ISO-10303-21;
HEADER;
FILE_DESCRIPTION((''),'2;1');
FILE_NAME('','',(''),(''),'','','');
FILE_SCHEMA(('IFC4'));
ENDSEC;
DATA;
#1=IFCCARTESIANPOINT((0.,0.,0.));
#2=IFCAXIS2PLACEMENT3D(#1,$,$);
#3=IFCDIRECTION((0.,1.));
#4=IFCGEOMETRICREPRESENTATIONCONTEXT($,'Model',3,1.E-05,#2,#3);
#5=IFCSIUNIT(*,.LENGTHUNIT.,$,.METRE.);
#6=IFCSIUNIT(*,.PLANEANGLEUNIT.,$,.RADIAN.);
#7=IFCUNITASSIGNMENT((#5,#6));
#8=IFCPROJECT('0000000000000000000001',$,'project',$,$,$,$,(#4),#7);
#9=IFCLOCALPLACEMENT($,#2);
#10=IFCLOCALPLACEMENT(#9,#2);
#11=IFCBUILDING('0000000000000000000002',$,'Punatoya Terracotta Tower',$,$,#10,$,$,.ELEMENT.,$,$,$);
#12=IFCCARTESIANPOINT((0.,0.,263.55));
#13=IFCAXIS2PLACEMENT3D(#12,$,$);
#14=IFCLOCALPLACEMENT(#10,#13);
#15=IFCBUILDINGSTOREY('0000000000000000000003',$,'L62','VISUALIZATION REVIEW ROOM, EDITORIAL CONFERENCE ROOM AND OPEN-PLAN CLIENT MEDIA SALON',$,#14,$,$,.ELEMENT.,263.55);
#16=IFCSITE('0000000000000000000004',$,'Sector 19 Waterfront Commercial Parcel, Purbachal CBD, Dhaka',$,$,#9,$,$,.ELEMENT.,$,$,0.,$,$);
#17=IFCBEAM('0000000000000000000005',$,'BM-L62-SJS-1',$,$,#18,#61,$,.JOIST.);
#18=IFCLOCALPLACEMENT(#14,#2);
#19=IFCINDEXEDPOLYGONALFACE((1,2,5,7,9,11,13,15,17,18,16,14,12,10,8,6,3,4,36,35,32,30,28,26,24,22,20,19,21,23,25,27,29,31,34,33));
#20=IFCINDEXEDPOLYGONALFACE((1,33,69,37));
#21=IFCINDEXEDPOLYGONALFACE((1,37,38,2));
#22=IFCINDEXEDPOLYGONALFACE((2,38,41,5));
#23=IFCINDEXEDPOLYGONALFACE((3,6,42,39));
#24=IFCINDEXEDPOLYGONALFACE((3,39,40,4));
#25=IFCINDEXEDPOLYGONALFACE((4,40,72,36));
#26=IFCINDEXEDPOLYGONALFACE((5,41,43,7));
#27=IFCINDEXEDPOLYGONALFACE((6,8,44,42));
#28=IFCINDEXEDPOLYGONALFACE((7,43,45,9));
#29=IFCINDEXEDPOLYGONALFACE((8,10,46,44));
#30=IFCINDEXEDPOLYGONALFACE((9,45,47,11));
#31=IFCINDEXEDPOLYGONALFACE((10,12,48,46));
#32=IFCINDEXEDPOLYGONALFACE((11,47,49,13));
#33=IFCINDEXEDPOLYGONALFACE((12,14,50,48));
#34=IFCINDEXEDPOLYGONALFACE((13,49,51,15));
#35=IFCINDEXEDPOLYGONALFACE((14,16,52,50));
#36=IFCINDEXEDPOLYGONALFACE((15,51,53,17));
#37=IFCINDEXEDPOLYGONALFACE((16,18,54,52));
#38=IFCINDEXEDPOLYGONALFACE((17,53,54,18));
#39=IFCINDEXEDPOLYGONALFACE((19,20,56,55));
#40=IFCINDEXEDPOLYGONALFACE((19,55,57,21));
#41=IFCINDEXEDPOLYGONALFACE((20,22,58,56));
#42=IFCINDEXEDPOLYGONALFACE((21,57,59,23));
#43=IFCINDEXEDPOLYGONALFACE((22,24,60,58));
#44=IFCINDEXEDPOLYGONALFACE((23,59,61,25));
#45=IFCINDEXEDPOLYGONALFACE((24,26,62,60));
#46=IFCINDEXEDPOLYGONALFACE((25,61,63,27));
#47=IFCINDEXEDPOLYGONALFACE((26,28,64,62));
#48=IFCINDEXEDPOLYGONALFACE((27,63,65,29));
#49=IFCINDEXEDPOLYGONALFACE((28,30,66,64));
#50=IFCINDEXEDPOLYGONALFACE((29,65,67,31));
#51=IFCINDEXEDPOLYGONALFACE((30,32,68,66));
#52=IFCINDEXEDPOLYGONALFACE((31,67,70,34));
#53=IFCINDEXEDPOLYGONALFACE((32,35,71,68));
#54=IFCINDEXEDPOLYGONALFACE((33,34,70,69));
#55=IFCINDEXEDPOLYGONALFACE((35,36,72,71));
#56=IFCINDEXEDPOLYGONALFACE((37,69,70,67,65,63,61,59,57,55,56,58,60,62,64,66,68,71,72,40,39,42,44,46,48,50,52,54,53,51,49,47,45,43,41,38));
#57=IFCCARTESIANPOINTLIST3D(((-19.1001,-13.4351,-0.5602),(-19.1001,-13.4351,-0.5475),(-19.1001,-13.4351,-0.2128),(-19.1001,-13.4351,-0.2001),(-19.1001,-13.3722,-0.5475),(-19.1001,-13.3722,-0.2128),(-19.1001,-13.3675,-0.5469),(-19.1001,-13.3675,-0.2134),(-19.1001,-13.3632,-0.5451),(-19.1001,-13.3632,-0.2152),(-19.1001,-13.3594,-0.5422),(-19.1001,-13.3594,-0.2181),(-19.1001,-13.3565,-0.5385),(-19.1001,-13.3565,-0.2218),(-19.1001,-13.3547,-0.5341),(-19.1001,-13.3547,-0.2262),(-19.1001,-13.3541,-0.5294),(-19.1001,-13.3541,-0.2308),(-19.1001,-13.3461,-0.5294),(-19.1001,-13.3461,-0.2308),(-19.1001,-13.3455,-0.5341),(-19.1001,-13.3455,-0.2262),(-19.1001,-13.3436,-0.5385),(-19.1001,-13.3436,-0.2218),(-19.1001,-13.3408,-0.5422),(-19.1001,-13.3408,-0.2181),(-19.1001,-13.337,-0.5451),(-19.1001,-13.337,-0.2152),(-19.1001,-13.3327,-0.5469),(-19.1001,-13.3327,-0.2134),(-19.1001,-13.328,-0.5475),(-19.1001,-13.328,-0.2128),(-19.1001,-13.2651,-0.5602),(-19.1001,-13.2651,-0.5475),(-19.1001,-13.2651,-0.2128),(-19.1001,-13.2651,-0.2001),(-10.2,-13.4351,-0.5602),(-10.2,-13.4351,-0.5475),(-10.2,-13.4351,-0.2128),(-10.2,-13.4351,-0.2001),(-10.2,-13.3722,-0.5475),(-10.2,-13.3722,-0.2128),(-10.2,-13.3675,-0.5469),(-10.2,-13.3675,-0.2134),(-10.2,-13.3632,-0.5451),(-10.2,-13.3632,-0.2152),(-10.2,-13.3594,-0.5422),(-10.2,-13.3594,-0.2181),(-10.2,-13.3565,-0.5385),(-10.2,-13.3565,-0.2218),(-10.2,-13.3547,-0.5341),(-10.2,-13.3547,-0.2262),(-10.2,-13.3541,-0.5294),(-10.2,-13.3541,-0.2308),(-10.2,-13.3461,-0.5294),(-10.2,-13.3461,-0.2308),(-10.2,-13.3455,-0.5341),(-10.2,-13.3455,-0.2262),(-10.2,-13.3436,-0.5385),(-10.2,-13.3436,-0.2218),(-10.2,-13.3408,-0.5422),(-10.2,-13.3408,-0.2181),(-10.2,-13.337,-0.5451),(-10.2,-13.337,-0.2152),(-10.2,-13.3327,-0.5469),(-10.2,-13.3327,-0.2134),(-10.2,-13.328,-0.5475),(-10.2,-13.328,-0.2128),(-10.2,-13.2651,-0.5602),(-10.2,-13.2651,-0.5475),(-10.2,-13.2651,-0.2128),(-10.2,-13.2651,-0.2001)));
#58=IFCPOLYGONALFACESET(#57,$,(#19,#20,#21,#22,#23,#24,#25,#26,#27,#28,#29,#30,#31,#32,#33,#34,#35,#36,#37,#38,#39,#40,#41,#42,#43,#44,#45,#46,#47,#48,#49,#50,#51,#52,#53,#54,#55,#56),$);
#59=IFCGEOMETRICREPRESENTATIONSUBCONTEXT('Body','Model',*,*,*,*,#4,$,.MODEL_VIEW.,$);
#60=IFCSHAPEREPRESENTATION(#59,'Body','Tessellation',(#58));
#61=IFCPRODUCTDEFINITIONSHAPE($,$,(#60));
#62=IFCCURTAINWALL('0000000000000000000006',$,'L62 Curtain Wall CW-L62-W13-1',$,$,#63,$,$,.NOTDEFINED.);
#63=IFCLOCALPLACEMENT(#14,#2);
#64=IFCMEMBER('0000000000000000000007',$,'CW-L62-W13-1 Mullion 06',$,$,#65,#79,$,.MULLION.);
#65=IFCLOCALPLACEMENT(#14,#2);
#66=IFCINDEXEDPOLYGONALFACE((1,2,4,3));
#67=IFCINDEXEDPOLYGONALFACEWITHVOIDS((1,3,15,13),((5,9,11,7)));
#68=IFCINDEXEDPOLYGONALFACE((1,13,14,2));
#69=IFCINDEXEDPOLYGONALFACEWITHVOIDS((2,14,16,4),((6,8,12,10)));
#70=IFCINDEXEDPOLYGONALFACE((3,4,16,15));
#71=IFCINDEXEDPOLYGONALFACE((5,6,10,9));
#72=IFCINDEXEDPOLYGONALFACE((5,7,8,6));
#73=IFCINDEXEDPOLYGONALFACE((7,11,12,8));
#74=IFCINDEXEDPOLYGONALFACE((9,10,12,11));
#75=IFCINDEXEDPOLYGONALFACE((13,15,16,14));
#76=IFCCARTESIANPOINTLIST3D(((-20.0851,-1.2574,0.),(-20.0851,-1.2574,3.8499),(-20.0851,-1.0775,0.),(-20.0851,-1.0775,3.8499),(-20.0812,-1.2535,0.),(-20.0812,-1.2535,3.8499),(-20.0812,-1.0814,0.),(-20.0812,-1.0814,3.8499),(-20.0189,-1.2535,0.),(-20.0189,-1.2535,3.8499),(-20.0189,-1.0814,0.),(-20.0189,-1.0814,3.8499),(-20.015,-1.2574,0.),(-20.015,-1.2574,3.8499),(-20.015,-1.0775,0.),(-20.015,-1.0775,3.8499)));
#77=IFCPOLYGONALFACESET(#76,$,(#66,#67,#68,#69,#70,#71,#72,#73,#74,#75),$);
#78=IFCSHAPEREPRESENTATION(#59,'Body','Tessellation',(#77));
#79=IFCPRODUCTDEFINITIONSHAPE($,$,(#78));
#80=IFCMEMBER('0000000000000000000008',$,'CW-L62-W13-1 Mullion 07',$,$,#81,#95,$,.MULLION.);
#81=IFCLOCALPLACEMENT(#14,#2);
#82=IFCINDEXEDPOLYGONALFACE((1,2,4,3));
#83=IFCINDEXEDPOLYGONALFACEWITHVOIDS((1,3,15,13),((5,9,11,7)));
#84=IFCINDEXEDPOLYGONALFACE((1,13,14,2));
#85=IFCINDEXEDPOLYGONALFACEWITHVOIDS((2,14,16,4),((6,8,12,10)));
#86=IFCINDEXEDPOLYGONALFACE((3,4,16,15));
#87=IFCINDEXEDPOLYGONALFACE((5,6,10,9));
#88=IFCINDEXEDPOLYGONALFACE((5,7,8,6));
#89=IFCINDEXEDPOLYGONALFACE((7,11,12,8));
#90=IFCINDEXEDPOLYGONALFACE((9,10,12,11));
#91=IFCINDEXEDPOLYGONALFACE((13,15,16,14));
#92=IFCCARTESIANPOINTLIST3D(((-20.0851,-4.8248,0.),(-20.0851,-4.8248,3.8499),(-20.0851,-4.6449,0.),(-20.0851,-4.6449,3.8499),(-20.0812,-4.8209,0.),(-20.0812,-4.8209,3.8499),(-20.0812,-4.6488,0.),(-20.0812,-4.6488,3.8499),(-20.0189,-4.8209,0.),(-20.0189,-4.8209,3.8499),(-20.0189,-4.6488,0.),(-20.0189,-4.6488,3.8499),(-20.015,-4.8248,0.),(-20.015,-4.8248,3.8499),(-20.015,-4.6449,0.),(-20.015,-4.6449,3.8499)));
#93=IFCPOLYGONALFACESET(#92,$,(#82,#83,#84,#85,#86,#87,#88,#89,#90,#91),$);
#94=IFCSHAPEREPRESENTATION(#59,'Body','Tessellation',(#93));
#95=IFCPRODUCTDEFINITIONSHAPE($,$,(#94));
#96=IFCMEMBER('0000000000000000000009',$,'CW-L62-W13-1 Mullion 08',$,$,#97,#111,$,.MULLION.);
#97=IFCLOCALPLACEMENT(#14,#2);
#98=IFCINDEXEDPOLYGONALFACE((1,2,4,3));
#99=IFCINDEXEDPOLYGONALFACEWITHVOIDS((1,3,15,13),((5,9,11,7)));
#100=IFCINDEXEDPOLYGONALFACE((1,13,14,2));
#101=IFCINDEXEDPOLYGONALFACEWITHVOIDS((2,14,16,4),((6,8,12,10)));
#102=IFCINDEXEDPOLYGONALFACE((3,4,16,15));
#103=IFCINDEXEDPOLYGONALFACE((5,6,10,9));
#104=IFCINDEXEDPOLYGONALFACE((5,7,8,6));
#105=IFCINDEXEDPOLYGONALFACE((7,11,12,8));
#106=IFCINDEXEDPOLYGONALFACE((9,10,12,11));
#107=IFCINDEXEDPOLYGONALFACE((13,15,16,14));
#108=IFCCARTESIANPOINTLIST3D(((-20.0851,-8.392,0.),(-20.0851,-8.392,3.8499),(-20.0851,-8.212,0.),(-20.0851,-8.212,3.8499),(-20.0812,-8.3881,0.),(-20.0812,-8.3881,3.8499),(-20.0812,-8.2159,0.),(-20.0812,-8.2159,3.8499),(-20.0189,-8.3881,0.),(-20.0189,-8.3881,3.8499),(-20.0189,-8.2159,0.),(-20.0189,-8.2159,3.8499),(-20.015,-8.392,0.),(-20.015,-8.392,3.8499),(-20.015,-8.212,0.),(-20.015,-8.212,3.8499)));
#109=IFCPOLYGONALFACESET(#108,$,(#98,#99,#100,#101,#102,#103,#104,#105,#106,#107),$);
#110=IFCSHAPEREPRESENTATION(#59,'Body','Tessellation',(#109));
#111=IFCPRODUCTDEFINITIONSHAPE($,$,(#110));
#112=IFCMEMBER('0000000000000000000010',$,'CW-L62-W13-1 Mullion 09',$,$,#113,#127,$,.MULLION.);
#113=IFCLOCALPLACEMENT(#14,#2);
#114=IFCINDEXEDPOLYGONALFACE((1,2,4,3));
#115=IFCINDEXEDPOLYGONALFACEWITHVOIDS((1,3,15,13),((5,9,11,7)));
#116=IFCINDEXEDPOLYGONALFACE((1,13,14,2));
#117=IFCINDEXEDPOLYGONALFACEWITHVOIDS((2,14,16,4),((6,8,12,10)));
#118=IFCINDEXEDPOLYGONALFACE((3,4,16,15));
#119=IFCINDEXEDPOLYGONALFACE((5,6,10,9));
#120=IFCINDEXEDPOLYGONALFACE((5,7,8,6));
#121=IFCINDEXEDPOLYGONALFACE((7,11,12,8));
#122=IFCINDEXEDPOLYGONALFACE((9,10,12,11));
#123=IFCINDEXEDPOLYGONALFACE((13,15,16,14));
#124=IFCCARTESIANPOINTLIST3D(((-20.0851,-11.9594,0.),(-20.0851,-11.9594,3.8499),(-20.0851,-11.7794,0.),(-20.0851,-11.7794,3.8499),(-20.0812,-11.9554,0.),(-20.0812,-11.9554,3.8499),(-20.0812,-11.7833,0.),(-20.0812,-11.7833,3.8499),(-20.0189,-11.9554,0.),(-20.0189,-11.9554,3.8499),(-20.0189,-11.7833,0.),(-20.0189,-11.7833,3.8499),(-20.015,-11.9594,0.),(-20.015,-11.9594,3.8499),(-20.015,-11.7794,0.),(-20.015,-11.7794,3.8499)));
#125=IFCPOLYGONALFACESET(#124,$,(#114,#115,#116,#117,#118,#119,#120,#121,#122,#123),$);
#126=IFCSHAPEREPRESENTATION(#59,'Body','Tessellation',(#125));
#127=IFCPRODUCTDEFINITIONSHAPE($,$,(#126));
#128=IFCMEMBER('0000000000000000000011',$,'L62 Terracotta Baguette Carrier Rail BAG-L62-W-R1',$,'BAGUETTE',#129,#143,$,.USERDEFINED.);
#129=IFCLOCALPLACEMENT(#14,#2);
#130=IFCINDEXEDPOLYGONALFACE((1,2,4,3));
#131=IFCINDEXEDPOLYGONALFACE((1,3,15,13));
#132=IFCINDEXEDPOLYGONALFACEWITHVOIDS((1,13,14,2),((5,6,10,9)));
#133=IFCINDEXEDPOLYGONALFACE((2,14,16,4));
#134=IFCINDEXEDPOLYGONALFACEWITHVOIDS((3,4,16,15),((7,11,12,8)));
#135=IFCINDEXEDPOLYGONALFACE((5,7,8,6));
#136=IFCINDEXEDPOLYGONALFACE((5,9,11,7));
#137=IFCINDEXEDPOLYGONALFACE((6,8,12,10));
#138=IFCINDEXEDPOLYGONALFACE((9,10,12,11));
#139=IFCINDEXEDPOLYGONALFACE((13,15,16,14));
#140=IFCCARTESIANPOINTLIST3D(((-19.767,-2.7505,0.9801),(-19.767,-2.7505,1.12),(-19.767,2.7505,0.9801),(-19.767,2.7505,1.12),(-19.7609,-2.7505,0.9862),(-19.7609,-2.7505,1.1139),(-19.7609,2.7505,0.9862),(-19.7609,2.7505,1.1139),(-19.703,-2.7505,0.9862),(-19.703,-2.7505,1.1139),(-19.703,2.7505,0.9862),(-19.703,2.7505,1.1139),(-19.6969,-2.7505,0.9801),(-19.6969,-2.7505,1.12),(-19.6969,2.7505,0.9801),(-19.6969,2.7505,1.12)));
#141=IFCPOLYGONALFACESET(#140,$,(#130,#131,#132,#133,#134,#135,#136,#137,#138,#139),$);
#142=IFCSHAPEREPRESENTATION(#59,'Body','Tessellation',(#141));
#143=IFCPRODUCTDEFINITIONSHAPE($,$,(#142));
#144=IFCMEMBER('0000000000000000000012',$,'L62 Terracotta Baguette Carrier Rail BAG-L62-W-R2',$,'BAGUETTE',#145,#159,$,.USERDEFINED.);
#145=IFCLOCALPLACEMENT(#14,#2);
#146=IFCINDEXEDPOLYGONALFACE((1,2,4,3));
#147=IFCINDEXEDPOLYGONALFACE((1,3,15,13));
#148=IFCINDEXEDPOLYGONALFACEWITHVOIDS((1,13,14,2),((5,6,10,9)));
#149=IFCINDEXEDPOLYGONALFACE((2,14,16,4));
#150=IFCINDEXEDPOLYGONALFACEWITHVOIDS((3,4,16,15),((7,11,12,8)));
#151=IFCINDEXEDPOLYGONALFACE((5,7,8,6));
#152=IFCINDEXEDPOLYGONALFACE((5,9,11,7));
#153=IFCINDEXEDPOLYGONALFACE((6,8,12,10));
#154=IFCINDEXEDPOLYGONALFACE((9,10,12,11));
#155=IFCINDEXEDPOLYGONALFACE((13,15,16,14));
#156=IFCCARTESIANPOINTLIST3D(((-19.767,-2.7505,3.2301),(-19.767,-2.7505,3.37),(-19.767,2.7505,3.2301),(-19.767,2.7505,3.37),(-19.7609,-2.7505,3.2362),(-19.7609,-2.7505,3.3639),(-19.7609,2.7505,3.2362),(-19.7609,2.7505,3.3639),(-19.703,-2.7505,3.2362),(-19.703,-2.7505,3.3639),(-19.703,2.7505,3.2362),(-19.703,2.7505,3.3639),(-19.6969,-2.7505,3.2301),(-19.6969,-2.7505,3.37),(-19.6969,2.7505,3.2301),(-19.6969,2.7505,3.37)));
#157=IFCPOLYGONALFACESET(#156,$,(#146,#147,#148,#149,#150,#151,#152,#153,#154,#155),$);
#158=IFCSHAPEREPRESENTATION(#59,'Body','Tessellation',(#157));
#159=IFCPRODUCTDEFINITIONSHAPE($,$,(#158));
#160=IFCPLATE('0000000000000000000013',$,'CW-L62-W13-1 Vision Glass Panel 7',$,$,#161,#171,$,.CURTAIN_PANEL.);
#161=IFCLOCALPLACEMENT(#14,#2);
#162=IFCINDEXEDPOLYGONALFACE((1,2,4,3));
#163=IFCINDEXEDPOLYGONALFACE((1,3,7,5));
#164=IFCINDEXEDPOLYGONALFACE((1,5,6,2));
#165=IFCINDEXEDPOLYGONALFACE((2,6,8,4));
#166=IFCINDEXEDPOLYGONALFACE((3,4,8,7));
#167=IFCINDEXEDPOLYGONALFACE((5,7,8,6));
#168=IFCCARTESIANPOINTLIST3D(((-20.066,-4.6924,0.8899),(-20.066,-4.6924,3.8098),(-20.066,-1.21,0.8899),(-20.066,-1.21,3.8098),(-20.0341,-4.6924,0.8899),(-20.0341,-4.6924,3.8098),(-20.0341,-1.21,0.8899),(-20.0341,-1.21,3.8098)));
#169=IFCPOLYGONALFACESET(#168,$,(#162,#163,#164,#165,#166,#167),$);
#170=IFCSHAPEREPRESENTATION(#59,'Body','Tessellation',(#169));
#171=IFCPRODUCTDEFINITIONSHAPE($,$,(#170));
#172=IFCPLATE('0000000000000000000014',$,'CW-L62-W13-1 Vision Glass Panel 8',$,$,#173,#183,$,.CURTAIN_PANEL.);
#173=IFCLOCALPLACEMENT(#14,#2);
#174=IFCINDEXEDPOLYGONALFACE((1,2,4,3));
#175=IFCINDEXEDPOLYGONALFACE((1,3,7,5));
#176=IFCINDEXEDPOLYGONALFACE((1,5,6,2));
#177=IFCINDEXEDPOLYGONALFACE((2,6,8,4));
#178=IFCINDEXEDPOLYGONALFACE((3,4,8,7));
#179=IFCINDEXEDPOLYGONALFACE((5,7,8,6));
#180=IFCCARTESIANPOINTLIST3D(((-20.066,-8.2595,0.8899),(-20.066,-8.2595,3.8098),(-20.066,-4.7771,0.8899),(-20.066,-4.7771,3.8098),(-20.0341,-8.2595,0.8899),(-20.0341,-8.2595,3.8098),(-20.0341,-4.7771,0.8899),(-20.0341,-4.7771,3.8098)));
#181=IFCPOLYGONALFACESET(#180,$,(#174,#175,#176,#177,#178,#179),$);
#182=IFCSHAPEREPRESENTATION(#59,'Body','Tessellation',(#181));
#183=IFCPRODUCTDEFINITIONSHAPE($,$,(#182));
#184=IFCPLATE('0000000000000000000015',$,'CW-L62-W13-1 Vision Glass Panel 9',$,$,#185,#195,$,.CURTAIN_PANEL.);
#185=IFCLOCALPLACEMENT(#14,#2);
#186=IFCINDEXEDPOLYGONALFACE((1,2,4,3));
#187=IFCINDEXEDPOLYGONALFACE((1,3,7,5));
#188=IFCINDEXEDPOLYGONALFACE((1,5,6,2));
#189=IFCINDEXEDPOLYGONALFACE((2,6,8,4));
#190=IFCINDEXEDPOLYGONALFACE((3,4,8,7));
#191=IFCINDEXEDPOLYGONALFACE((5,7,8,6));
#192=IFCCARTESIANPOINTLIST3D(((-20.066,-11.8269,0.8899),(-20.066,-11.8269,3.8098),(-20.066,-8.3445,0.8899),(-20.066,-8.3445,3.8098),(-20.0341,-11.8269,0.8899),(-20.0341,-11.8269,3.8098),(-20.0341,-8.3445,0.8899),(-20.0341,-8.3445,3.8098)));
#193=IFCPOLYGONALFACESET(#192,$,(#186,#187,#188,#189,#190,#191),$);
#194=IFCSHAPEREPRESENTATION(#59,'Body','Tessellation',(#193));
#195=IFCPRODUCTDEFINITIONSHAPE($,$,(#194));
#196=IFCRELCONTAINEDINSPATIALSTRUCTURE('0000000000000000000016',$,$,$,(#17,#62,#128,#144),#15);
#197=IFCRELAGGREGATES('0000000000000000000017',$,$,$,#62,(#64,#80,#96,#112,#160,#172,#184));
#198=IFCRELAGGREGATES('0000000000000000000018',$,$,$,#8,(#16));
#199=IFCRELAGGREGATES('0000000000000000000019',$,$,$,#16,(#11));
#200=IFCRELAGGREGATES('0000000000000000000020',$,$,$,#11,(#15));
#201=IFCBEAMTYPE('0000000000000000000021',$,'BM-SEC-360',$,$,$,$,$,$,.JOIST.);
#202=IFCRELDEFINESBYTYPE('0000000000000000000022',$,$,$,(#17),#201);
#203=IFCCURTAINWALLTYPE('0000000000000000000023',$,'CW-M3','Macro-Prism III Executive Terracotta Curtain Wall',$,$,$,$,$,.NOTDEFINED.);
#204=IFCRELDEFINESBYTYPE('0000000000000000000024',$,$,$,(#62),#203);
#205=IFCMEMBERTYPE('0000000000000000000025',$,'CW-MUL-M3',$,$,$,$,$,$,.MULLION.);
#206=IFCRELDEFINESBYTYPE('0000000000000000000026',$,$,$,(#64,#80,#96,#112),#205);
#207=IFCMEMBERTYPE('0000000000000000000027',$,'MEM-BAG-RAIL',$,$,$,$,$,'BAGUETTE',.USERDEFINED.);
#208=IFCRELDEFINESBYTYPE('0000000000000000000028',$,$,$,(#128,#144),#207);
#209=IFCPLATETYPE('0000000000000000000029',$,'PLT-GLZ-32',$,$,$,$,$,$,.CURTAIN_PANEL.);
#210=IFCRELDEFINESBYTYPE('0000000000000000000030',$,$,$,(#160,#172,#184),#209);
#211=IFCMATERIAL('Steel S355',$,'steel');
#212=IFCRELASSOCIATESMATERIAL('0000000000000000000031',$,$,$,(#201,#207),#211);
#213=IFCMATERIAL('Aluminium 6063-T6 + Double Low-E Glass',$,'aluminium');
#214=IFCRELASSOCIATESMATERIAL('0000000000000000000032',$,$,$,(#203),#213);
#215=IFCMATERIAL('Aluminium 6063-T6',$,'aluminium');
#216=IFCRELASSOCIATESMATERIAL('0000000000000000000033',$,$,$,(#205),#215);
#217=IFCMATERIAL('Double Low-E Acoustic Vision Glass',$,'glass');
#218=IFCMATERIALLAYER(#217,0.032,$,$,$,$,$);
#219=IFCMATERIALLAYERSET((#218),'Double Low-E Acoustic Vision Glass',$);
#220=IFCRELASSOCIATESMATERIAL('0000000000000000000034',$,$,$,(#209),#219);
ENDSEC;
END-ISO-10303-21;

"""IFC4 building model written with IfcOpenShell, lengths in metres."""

from ifc_helpers import new_model, si_unit, direction, frame, origin, origin_2d, place, context, subcontext, project, spatial, rectangle, hollow_rectangle, i_section, extrude, material, layer, layer_set, material_profile, profile_set, type_object, element, aggregate, save


model = new_model("IFC4")

# Units and contexts
model_context = context("Model", 3, precision=1e-05, world=origin(), true_north=direction((0.0, 1.0)))
body_context = subcontext(model_context, "Body", "Model", "MODEL_VIEW")
ifc_project = project(units=[si_unit("LENGTHUNIT", "METRE"), si_unit("PLANEANGLEUNIT", "RADIAN")], contexts=[model_context])

# Site, building, storey
site_placement = place(None, origin())
site = spatial("IfcSite", under=ifc_project, at=site_placement, Name="Sector 19 Waterfront Commercial Parcel, Purbachal CBD, Dhaka", CompositionType="ELEMENT", RefElevation=0.0)
building_placement = place(site_placement, origin())
building = spatial("IfcBuilding", under=site, at=building_placement, Name="Punatoya Terracotta Tower", CompositionType="ELEMENT")
storey_placement = place(building_placement, frame((0.0, 0.0, 263.55)))
storey = spatial("IfcBuildingStorey", under=building, at=storey_placement, Name="L62", Description="VISUALIZATION REVIEW ROOM, EDITORIAL CONFERENCE ROOM AND OPEN-PLAN CLIENT MEDIA SALON", CompositionType="ELEMENT", Elevation=263.55)

# Beam
ifc_material_1 = material(Name="Steel S355", Category="steel")
ifc_material_profile_1 = material_profile(ifc_material_1, i_section(OverallWidth=0.1699, OverallDepth=0.3601, WebThickness=0.0081, FlangeThickness=0.0127, FilletRadius=0.0181, at=origin_2d()))
ifc_profile_set_1 = profile_set([ifc_material_profile_1], Name="Steel S355")
beam_type_1 = type_object("IfcBeamType", Name="BM-SEC-360", PredefinedType="JOIST", material=ifc_profile_set_1)
beam_1_placement = place(storey_placement, frame((-19.1001, -13.3501, -0.3801), z_axis=(1.0, 0.0, 0.0), x_axis=(0.0, 1.0, 0.0)))
element("IfcBeam", 1, at=beam_1_placement, inside=storey, type_object=beam_type_1, Name="BM-L62-SJS-1", PredefinedType="JOIST", context=body_context, shape_type="SweptSolid", body=[
    extrude(i_section(OverallWidth=0.1699, OverallDepth=0.3601, WebThickness=0.0081, FlangeThickness=0.0127, FilletRadius=0.0181, at=origin_2d()), origin(), (0.0, 0.0, 1.0), 8.9001),
])

# Curtain wall, members
ifc_material_2 = material(Name="Aluminium 6063-T6 + Double Low-E Glass", Category="aluminium")
curtain_wall_type = type_object("IfcCurtainWallType", Name="CW-M3", Description="Macro-Prism III Executive Terracotta Curtain Wall", PredefinedType="NOTDEFINED", material=ifc_material_2)
curtain_wall_placement = place(storey_placement, origin())
curtain_wall = element("IfcCurtainWall", 2, at=curtain_wall_placement, inside=storey, type_object=curtain_wall_type, Name="L62 Curtain Wall CW-L62-W13-1", PredefinedType="NOTDEFINED")
ifc_material_3 = material(Name="Aluminium 6063-T6", Category="aluminium")
ifc_material_profile_2 = material_profile(ifc_material_3, hollow_rectangle(XDim=0.0701, YDim=0.1799, WallThickness=0.0039, at=origin_2d()))
ifc_profile_set_2 = profile_set([ifc_material_profile_2], Name="Aluminium 6063-T6")
member_type_1 = type_object("IfcMemberType", Name="CW-MUL-M3", PredefinedType="MULLION", material=ifc_profile_set_2)
member_1_placement = place(storey_placement, frame((-20.05, -1.1675, 0.0), z_axis=(0.0, 0.0, 1.0), x_axis=(1.0, 0.0, 0.0)))
member_1 = element("IfcMember", 3, at=member_1_placement, type_object=member_type_1, Name="CW-L62-W13-1 Mullion 06", PredefinedType="MULLION", context=body_context, shape_type="SweptSolid", body=[
    extrude(hollow_rectangle(XDim=0.0701, YDim=0.1799, WallThickness=0.0039, at=origin_2d()), origin(), (0.0, 0.0, 1.0), 3.8499),
])
member_2_placement = place(storey_placement, frame((-20.05, -4.7349, 0.0), z_axis=(0.0, 0.0, 1.0), x_axis=(1.0, 0.0, 0.0)))
member_2 = element("IfcMember", 4, at=member_2_placement, type_object=member_type_1, Name="CW-L62-W13-1 Mullion 07", PredefinedType="MULLION", context=body_context, shape_type="SweptSolid", body=[
    extrude(hollow_rectangle(XDim=0.0701, YDim=0.1799, WallThickness=0.0039, at=origin_2d()), origin(), (0.0, 0.0, 1.0), 3.8499),
])
member_3_placement = place(storey_placement, frame((-20.05, -8.302, 0.0), z_axis=(0.0, 0.0, 1.0), x_axis=(1.0, 0.0, 0.0)))
member_3 = element("IfcMember", 5, at=member_3_placement, type_object=member_type_1, Name="CW-L62-W13-1 Mullion 08", PredefinedType="MULLION", context=body_context, shape_type="SweptSolid", body=[
    extrude(hollow_rectangle(XDim=0.0701, YDim=0.1799, WallThickness=0.0039, at=origin_2d()), origin(), (0.0, 0.0, 1.0), 3.8499),
])
member_4_placement = place(storey_placement, frame((-20.05, -11.8694, 0.0), z_axis=(0.0, 0.0, 1.0), x_axis=(1.0, 0.0, 0.0)))
member_4 = element("IfcMember", 6, at=member_4_placement, type_object=member_type_1, Name="CW-L62-W13-1 Mullion 09", PredefinedType="MULLION", context=body_context, shape_type="SweptSolid", body=[
    extrude(hollow_rectangle(XDim=0.0701, YDim=0.1799, WallThickness=0.0039, at=origin_2d()), origin(), (0.0, 0.0, 1.0), 3.8499),
])

# Members
ifc_material_profile_3 = material_profile(ifc_material_1, hollow_rectangle(XDim=0.0701, YDim=0.1399, WallThickness=0.0061, at=origin_2d()))
ifc_profile_set_3 = profile_set([ifc_material_profile_3], Name="Steel S355")
member_type_2 = type_object("IfcMemberType", Name="MEM-BAG-RAIL", ElementType="BAGUETTE", PredefinedType="USERDEFINED", material=ifc_profile_set_3)
for number, where, z_axis, x_axis, name in (
    (7, (-19.7319, -2.7505, 1.05), (0.0, 1.0, 0.0), (-1.0, 0.0, 0.0), "L62 Terracotta Baguette Carrier Rail BAG-L62-W-R1"),
    (8, (-19.7319, -2.7505, 3.3), (0.0, 1.0, 0.0), (-1.0, 0.0, 0.0), "L62 Terracotta Baguette Carrier Rail BAG-L62-W-R2"),
):
    element("IfcMember", number, at=place(storey_placement, frame(where, z_axis=z_axis, x_axis=x_axis)), inside=storey, type_object=member_type_2, Name=name, ObjectType="BAGUETTE", PredefinedType="USERDEFINED", context=body_context, shape_type="SweptSolid", body=[
        extrude(hollow_rectangle(XDim=0.0701, YDim=0.1399, WallThickness=0.0061, at=origin_2d()), origin(), (0.0, 0.0, 1.0), 5.501),
    ])

# Plates
ifc_material_4 = material(Name="Double Low-E Acoustic Vision Glass", Category="glass")
ifc_layer_1 = layer(ifc_material_4, 0.032)
ifc_layer_set_1 = layer_set([ifc_layer_1], Name="Double Low-E Acoustic Vision Glass")
plate_type_1 = type_object("IfcPlateType", Name="PLT-GLZ-32", PredefinedType="CURTAIN_PANEL", material=ifc_layer_set_1)
plate_1_placement = place(storey_placement, frame((-20.05, -2.9512, 0.8899), z_axis=(0.0, 0.0, 1.0), x_axis=(0.0, -1.0, 0.0)))
plate_1 = element("IfcPlate", 9, at=plate_1_placement, type_object=plate_type_1, Name="CW-L62-W13-1 Vision Glass Panel 7", PredefinedType="CURTAIN_PANEL", context=body_context, shape_type="SweptSolid", body=[
    extrude(rectangle(XDim=3.4824, YDim=0.032, at=origin_2d()), origin(), (0.0, 0.0, 1.0), 2.9199),
])
plate_2_placement = place(storey_placement, frame((-20.05, -6.5183, 0.8899), z_axis=(0.0, 0.0, 1.0), x_axis=(0.0, -1.0, 0.0)))
plate_2 = element("IfcPlate", 10, at=plate_2_placement, type_object=plate_type_1, Name="CW-L62-W13-1 Vision Glass Panel 8", PredefinedType="CURTAIN_PANEL", context=body_context, shape_type="SweptSolid", body=[
    extrude(rectangle(XDim=3.4824, YDim=0.032, at=origin_2d()), origin(), (0.0, 0.0, 1.0), 2.9199),
])
plate_3_placement = place(storey_placement, frame((-20.05, -10.0857, 0.8899), z_axis=(0.0, 0.0, 1.0), x_axis=(0.0, -1.0, 0.0)))
plate_3 = element("IfcPlate", 11, at=plate_3_placement, type_object=plate_type_1, Name="CW-L62-W13-1 Vision Glass Panel 9", PredefinedType="CURTAIN_PANEL", context=body_context, shape_type="SweptSolid", body=[
    extrude(rectangle(XDim=3.4824, YDim=0.032, at=origin_2d()), origin(), (0.0, 0.0, 1.0), 2.9199),
])
aggregate(curtain_wall, [member_1, member_2, member_3, member_4, plate_1, plate_2, plate_3])

save(model, "model.ifc")
